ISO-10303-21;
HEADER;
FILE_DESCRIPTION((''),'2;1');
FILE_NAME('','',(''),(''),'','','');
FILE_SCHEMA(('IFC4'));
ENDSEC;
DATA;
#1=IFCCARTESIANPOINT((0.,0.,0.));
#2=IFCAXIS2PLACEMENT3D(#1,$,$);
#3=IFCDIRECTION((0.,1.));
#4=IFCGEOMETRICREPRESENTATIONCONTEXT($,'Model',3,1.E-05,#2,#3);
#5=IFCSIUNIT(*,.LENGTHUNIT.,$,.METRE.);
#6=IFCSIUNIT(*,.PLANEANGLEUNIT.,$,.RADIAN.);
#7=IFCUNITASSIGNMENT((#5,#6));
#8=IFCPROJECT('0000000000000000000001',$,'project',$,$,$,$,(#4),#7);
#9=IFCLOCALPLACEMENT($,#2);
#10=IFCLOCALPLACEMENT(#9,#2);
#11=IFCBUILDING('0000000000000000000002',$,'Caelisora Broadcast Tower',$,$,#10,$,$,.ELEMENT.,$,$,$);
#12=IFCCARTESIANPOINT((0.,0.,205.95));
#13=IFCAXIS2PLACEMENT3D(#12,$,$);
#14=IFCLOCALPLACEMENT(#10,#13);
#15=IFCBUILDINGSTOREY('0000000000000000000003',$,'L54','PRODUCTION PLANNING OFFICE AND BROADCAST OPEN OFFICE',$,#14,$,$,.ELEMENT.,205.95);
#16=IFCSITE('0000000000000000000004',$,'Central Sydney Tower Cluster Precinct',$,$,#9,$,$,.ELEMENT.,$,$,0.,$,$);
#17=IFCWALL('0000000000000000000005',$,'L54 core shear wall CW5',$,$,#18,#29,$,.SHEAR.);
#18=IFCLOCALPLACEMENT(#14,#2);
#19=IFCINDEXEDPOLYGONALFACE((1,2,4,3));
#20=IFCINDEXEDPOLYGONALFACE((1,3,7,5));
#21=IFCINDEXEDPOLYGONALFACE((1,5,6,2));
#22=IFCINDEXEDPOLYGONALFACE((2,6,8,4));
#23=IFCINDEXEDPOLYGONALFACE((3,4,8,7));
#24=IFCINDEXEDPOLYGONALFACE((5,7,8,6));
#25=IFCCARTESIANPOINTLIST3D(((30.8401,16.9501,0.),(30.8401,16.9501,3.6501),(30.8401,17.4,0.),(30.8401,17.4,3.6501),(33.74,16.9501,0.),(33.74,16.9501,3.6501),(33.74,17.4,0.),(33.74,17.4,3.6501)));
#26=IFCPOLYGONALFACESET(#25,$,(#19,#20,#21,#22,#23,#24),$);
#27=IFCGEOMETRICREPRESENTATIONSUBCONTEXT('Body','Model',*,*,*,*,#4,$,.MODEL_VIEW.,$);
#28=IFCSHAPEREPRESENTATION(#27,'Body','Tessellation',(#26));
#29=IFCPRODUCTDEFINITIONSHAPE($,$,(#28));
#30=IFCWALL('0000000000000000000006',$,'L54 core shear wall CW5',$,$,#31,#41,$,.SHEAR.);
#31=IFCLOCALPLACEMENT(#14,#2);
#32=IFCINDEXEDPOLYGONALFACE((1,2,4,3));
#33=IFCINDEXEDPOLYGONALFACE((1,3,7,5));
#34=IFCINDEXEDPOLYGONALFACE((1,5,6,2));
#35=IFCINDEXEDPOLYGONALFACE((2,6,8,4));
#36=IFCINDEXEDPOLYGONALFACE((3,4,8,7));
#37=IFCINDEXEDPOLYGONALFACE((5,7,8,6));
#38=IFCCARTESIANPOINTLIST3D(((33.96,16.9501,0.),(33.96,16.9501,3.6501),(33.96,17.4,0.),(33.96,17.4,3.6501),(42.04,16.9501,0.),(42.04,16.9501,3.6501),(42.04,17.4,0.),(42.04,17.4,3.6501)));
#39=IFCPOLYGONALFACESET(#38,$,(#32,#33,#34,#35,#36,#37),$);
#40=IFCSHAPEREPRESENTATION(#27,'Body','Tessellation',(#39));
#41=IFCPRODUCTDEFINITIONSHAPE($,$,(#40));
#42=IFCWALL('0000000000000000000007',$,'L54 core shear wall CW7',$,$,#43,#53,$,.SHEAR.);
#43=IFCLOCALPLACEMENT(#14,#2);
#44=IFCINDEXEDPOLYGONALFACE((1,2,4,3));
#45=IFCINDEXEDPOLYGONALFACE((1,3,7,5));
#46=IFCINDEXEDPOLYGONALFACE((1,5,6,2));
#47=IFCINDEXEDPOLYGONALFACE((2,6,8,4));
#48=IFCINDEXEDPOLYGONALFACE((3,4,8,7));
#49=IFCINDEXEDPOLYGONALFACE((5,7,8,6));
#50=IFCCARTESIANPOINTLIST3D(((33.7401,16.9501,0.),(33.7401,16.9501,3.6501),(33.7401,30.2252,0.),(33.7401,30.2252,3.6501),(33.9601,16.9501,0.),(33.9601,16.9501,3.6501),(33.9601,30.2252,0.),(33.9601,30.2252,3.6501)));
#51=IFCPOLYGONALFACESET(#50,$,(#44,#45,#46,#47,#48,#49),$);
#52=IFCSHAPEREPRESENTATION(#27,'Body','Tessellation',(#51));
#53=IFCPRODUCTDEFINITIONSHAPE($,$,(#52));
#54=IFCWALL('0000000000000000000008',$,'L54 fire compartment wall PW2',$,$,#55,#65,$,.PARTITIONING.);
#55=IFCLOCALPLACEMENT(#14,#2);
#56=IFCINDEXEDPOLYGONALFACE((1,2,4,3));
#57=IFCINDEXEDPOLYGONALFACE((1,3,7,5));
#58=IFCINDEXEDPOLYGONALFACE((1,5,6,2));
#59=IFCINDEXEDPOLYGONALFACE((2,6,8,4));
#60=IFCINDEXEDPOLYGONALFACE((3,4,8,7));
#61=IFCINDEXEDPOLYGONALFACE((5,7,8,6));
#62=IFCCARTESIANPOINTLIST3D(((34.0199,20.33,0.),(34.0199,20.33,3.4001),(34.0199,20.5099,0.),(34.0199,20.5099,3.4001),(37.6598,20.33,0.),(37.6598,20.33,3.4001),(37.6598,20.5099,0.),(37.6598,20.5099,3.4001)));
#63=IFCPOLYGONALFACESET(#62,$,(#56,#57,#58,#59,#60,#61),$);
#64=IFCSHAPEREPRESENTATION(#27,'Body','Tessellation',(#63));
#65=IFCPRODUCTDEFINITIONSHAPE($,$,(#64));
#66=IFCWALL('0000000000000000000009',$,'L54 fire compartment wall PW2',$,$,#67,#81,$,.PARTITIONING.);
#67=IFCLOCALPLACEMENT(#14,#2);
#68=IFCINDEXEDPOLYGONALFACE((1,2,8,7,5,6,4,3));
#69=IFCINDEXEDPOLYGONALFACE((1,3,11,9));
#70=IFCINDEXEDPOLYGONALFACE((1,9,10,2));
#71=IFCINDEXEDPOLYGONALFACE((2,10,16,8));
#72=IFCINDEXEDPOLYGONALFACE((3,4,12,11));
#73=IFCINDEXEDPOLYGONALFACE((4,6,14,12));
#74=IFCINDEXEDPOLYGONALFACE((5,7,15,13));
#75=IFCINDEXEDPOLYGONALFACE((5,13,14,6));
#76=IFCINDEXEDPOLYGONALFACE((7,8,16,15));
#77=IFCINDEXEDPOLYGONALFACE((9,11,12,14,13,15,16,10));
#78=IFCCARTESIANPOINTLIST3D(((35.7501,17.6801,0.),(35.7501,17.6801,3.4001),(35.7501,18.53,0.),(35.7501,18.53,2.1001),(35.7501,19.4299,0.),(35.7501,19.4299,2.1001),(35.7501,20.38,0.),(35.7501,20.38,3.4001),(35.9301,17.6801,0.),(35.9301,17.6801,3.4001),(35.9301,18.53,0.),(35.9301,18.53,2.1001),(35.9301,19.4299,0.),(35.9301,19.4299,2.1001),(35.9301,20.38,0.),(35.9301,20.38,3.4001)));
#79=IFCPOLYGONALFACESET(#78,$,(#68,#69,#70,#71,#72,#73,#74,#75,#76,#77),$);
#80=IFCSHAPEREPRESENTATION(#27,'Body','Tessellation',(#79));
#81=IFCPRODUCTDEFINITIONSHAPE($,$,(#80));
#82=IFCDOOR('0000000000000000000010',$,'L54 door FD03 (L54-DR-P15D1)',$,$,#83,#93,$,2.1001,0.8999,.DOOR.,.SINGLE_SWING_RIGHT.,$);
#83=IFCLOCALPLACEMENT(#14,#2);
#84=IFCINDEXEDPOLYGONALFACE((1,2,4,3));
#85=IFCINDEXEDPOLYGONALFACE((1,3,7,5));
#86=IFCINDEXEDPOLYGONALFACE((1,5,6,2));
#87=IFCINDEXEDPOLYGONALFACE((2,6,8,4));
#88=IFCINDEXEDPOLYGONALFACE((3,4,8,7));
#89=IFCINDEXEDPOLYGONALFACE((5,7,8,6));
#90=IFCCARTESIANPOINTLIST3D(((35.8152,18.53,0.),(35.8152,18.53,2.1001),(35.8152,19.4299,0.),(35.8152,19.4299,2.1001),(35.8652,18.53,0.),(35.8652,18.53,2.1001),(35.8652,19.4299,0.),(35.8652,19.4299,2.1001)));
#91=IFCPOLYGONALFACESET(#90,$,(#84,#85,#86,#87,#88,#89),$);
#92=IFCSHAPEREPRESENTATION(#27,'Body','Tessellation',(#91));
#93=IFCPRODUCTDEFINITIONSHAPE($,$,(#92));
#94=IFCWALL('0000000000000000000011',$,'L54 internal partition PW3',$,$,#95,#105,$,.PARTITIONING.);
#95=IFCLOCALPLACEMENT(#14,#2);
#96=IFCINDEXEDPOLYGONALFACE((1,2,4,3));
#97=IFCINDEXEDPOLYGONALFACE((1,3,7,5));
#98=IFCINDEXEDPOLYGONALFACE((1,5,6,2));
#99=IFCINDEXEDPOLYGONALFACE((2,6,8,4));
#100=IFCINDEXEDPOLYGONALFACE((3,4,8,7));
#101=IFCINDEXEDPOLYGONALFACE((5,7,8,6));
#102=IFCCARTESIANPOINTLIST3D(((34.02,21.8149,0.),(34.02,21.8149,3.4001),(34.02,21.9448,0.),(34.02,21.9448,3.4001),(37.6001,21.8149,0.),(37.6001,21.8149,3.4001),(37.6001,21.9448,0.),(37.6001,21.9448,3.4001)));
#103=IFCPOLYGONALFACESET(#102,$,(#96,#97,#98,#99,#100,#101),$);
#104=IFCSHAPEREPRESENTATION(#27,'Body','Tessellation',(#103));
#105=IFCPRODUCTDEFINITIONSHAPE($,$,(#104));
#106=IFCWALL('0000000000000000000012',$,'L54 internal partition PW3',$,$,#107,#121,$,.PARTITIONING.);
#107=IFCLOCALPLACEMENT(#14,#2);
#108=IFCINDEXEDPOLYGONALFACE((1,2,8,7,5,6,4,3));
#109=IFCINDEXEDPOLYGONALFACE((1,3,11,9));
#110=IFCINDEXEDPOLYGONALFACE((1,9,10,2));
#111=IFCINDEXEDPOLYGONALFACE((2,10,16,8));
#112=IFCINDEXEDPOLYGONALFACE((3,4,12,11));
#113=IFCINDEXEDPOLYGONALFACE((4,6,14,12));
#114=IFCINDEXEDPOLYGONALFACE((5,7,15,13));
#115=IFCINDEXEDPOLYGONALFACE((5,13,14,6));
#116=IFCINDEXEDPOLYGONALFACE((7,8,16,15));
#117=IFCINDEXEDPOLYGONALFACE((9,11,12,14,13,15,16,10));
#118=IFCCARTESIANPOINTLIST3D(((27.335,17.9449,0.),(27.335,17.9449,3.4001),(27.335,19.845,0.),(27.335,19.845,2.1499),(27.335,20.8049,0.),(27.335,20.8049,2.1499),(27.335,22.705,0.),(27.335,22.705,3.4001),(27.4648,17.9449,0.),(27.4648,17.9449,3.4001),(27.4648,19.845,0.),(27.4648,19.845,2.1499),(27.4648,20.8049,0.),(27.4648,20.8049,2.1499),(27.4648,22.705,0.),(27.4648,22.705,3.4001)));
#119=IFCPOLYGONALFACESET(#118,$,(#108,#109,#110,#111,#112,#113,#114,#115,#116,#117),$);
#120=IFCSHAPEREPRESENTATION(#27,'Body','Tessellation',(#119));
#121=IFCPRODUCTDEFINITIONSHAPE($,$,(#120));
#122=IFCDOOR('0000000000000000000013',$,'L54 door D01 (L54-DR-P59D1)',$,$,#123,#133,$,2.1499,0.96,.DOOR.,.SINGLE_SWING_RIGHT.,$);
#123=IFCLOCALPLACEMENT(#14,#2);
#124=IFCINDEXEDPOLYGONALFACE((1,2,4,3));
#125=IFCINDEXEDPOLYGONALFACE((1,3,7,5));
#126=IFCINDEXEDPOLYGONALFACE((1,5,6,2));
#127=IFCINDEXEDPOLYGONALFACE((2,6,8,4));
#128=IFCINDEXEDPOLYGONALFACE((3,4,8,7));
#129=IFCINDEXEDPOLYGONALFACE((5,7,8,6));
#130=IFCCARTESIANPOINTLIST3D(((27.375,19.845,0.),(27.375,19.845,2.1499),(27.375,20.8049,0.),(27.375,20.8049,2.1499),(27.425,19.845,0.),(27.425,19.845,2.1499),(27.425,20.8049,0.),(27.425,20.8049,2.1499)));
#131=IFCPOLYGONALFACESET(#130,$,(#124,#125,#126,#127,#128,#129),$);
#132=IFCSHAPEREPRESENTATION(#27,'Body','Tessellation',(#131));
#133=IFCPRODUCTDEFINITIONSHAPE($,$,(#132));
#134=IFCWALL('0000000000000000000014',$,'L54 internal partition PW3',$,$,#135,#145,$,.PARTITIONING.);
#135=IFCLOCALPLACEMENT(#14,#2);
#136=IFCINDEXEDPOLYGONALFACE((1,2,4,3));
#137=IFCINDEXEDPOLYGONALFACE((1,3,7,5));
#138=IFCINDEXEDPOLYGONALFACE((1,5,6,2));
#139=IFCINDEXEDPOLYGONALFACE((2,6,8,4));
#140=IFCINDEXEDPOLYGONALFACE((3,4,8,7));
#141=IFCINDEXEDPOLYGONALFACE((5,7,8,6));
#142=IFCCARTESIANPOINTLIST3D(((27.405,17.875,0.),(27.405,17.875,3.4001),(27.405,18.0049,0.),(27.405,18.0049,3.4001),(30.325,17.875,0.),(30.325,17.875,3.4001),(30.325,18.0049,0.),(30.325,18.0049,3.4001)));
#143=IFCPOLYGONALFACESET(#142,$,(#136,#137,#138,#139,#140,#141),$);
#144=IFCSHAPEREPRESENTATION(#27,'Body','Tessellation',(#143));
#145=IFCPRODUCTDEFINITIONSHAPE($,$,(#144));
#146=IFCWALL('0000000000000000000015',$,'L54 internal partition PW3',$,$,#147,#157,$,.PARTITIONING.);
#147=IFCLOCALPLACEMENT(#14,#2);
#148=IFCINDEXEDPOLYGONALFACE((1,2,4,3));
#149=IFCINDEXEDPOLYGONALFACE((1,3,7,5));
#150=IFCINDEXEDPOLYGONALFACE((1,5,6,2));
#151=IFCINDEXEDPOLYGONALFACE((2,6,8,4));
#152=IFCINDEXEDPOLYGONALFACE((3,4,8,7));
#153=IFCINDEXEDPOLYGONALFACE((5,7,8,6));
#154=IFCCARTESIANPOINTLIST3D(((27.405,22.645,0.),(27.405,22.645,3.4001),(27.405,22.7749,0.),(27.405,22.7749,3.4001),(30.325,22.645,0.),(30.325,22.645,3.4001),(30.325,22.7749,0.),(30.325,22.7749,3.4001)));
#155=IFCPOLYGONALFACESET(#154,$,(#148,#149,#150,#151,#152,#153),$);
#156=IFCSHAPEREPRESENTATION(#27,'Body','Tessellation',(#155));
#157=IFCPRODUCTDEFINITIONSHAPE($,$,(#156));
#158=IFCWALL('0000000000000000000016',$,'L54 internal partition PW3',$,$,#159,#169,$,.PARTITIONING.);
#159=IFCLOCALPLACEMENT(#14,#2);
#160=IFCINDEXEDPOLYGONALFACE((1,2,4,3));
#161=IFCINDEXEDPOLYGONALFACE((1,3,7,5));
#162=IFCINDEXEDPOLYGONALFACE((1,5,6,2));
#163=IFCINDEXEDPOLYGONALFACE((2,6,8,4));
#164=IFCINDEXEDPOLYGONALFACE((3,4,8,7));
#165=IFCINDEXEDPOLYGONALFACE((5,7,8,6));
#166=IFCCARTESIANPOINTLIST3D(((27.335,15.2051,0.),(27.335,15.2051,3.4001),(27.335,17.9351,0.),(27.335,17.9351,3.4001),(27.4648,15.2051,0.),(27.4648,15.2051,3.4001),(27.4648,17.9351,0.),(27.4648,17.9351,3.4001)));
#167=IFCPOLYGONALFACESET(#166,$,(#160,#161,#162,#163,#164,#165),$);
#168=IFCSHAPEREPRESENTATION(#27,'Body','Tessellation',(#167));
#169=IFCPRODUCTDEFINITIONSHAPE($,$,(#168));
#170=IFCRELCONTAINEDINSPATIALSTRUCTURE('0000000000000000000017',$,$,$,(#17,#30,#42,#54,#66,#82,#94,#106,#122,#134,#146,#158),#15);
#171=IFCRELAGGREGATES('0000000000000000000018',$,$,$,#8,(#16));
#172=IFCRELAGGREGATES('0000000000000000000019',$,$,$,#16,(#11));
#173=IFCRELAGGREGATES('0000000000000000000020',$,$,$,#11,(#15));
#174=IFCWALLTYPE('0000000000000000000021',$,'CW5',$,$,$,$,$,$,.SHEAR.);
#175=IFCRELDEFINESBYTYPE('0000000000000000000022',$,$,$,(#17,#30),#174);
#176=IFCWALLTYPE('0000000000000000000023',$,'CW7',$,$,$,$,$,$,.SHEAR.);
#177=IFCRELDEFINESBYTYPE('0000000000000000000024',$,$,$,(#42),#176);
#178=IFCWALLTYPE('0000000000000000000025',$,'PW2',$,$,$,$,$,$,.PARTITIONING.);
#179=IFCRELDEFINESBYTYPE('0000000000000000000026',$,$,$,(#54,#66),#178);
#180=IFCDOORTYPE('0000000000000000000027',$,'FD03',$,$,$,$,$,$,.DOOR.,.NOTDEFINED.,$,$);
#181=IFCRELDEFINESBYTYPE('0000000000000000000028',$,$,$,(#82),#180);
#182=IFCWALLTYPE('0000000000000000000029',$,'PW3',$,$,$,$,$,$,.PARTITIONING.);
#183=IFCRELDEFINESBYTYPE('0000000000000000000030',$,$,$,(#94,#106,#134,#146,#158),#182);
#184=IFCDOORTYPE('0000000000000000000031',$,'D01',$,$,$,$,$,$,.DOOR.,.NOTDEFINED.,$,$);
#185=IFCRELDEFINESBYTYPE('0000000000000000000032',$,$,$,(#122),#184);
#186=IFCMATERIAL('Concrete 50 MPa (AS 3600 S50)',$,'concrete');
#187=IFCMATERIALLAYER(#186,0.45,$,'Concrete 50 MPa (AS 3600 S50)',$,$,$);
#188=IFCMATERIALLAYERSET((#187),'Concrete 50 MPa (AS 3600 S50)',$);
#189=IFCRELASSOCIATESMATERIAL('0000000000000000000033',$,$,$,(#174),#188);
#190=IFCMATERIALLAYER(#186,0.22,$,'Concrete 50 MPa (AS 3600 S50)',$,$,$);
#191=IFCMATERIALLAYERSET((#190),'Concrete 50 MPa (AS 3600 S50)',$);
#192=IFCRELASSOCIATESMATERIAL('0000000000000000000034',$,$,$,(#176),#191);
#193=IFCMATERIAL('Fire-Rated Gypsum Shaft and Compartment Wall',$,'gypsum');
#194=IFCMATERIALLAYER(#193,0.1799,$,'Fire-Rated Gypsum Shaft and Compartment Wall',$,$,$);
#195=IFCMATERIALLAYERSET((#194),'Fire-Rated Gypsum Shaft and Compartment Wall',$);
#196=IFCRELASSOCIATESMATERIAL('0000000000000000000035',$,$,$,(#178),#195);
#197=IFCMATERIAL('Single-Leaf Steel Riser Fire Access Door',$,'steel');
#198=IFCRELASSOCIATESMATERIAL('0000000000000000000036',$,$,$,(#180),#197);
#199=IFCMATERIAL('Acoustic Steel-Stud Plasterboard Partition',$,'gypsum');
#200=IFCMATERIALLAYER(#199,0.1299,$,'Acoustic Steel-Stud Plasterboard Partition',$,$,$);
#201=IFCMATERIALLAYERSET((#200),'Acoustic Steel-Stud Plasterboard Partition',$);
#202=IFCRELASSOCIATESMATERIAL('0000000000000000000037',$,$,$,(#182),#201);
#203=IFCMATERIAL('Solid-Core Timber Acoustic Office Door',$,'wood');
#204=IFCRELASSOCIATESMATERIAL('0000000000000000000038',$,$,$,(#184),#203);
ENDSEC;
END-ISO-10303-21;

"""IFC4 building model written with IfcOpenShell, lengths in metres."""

from ifc_helpers import new_model, si_unit, direction, frame, frame_2d, origin, place, context, subcontext, project, spatial, rectangle, extrude, material, layer, layer_set, type_object, element, fill, save


model = new_model("IFC4")

# Units and contexts
model_context = context("Model", 3, precision=1e-05, world=origin(), true_north=direction((0.0, 1.0)))
body_context = subcontext(model_context, "Body", "Model", "MODEL_VIEW")
ifc_project = project(units=[si_unit("LENGTHUNIT", "METRE"), si_unit("PLANEANGLEUNIT", "RADIAN")], contexts=[model_context])

# Site, building, storey
site_placement = place(None, origin())
site = spatial("IfcSite", under=ifc_project, at=site_placement, Name="Central Sydney Tower Cluster Precinct", CompositionType="ELEMENT", RefElevation=0.0)
building_placement = place(site_placement, origin())
building = spatial("IfcBuilding", under=site, at=building_placement, Name="Caelisora Broadcast Tower", CompositionType="ELEMENT")
storey_placement = place(building_placement, frame((0.0, 0.0, 205.95)))
storey = spatial("IfcBuildingStorey", under=building, at=storey_placement, Name="L54", Description="PRODUCTION PLANNING OFFICE AND BROADCAST OPEN OFFICE", CompositionType="ELEMENT", Elevation=205.95)

# Shared definitions
ifc_material_1 = material(Name="Concrete 50 MPa (AS 3600 S50)", Category="concrete")

# Walls
ifc_layer_1 = layer(ifc_material_1, 0.45, Name="Concrete 50 MPa (AS 3600 S50)")
ifc_layer_set_1 = layer_set([ifc_layer_1], Name="Concrete 50 MPa (AS 3600 S50)")
wall_type_1 = type_object("IfcWallType", Name="CW5", PredefinedType="SHEAR", material=ifc_layer_set_1)
wall_1_placement = place(storey_placement, frame((30.8401, 17.175, 0.0), z_axis=(0.0, 0.0, 1.0), x_axis=(1.0, 0.0, 0.0)))
element("IfcWall", 1, at=wall_1_placement, inside=storey, type_object=wall_type_1, Name="L54 core shear wall CW5", PredefinedType="SHEAR", context=body_context, shape_type="SweptSolid", body=[
    extrude(rectangle(XDim=2.8999, YDim=0.45, at=frame_2d((1.45, 0.0))), origin(), (0.0, 0.0, 1.0), 3.6501),
])
wall_2_placement = place(storey_placement, frame((33.96, 17.175, 0.0), z_axis=(0.0, 0.0, 1.0), x_axis=(1.0, 0.0, 0.0)))
element("IfcWall", 2, at=wall_2_placement, inside=storey, type_object=wall_type_1, Name="L54 core shear wall CW5", PredefinedType="SHEAR", context=body_context, shape_type="SweptSolid", body=[
    extrude(rectangle(XDim=8.0801, YDim=0.45, at=frame_2d((4.04, 0.0))), origin(), (0.0, 0.0, 1.0), 3.6501),
])
ifc_layer_2 = layer(ifc_material_1, 0.22, Name="Concrete 50 MPa (AS 3600 S50)")
ifc_layer_set_2 = layer_set([ifc_layer_2], Name="Concrete 50 MPa (AS 3600 S50)")
wall_type_2 = type_object("IfcWallType", Name="CW7", PredefinedType="SHEAR", material=ifc_layer_set_2)
wall_3_placement = place(storey_placement, frame((33.8501, 16.95, 0.0), z_axis=(0.0, 0.0, 1.0), x_axis=(0.0, 1.0, 0.0)))
element("IfcWall", 3, at=wall_3_placement, inside=storey, type_object=wall_type_2, Name="L54 core shear wall CW7", PredefinedType="SHEAR", context=body_context, shape_type="SweptSolid", body=[
    extrude(rectangle(XDim=13.2751, YDim=0.22, at=frame_2d((6.6377, 0.0))), origin(), (0.0, 0.0, 1.0), 3.6501),
])
ifc_material_2 = material(Name="Fire-Rated Gypsum Shaft and Compartment Wall", Category="gypsum")
ifc_layer_3 = layer(ifc_material_2, 0.1799, Name="Fire-Rated Gypsum Shaft and Compartment Wall")
ifc_layer_set_3 = layer_set([ifc_layer_3], Name="Fire-Rated Gypsum Shaft and Compartment Wall")
wall_type_3 = type_object("IfcWallType", Name="PW2", PredefinedType="PARTITIONING", material=ifc_layer_set_3)
wall_4_placement = place(storey_placement, frame((34.02, 20.4199, 0.0), z_axis=(0.0, 0.0, 1.0), x_axis=(1.0, 0.0, 0.0)))
element("IfcWall", 4, at=wall_4_placement, inside=storey, type_object=wall_type_3, Name="L54 fire compartment wall PW2", PredefinedType="PARTITIONING", context=body_context, shape_type="SweptSolid", body=[
    extrude(rectangle(XDim=3.6399, YDim=0.1799, at=frame_2d((1.8198, 0.0))), origin(), (0.0, 0.0, 1.0), 3.4001),
])

# Wall, opening, door
wall_5_placement = place(storey_placement, frame((35.8401, 17.6799, 0.0), z_axis=(0.0, 0.0, 1.0), x_axis=(0.0, 1.0, 0.0)))
wall_5 = element("IfcWall", 5, at=wall_5_placement, inside=storey, type_object=wall_type_3, Name="L54 fire compartment wall PW2", PredefinedType="PARTITIONING", context=body_context, shape_type="SweptSolid", body=[
    extrude(rectangle(XDim=2.7, YDim=0.1799, at=frame_2d((1.3501, 0.0))), origin(), (0.0, 0.0, 1.0), 3.4001),
])
opening_1_placement = place(wall_5_placement, frame((0.8501, 0.0, 0.0)))
opening_1 = element("IfcOpeningElement", 6, at=opening_1_placement, cuts=wall_5, PredefinedType="OPENING", context=body_context, shape_type="SweptSolid", body=[
    extrude(rectangle(XDim=0.8999, YDim=2.1001, at=frame_2d((0.45, 1.05))), frame((0.0, 0.1021, 0.0), z_axis=(0.0, -1.0, 0.0), x_axis=(1.0, 0.0, 0.0)), (0.0, 0.0, 1.0), 0.2039),
])
ifc_material_3 = material(Name="Single-Leaf Steel Riser Fire Access Door", Category="steel")
door_type_1 = type_object("IfcDoorType", Name="FD03", OperationType="NOTDEFINED", PredefinedType="DOOR", material=ifc_material_3)
door_1_placement = place(opening_1_placement, origin())
door_1 = element("IfcDoor", 7, at=door_1_placement, inside=storey, type_object=door_type_1, Name="L54 door FD03 (L54-DR-P15D1)", OperationType="SINGLE_SWING_RIGHT", OverallHeight=2.1001, OverallWidth=0.8999, PredefinedType="DOOR", context=body_context, shape_type="SweptSolid", body=[
    extrude(rectangle(XDim=0.8999, YDim=2.1001, at=frame_2d((0.45, 1.05))), frame((0.0, 0.0249, 0.0), z_axis=(0.0, -1.0, 0.0), x_axis=(1.0, 0.0, 0.0)), (0.0, 0.0, 1.0), 0.05),
])
fill(opening_1, door_1)

# Wall
ifc_material_4 = material(Name="Acoustic Steel-Stud Plasterboard Partition", Category="gypsum")
ifc_layer_4 = layer(ifc_material_4, 0.1299, Name="Acoustic Steel-Stud Plasterboard Partition")
ifc_layer_set_4 = layer_set([ifc_layer_4], Name="Acoustic Steel-Stud Plasterboard Partition")
wall_type_4 = type_object("IfcWallType", Name="PW3", PredefinedType="PARTITIONING", material=ifc_layer_set_4)
wall_6_placement = place(storey_placement, frame((34.02, 21.8799, 0.0), z_axis=(0.0, 0.0, 1.0), x_axis=(1.0, 0.0, 0.0)))
element("IfcWall", 8, at=wall_6_placement, inside=storey, type_object=wall_type_4, Name="L54 internal partition PW3", PredefinedType="PARTITIONING", context=body_context, shape_type="SweptSolid", body=[
    extrude(rectangle(XDim=3.5801, YDim=0.1299, at=frame_2d((1.79, 0.0))), origin(), (0.0, 0.0, 1.0), 3.4001),
])

# Wall, opening, door
wall_7_placement = place(storey_placement, frame((27.3999, 17.9451, 0.0), z_axis=(0.0, 0.0, 1.0), x_axis=(0.0, 1.0, 0.0)))
wall_7 = element("IfcWall", 9, at=wall_7_placement, inside=storey, type_object=wall_type_4, Name="L54 internal partition PW3", PredefinedType="PARTITIONING", context=body_context, shape_type="SweptSolid", body=[
    extrude(rectangle(XDim=4.76, YDim=0.1299, at=frame_2d((2.3799, 0.0))), origin(), (0.0, 0.0, 1.0), 3.4001),
])
opening_2_placement = place(wall_7_placement, frame((1.8999, 0.0, 0.0)))
opening_2 = element("IfcOpeningElement", 10, at=opening_2_placement, cuts=wall_7, PredefinedType="OPENING", context=body_context, shape_type="SweptSolid", body=[
    extrude(rectangle(XDim=0.96, YDim=2.1499, at=frame_2d((0.48, 1.075))), frame((0.0, 0.0769, 0.0), z_axis=(0.0, -1.0, 0.0), x_axis=(1.0, 0.0, 0.0)), (0.0, 0.0, 1.0), 0.1538),
])
ifc_material_5 = material(Name="Solid-Core Timber Acoustic Office Door", Category="wood")
door_type_2 = type_object("IfcDoorType", Name="D01", OperationType="NOTDEFINED", PredefinedType="DOOR", material=ifc_material_5)
door_2_placement = place(opening_2_placement, origin())
door_2 = element("IfcDoor", 11, at=door_2_placement, inside=storey, type_object=door_type_2, Name="L54 door D01 (L54-DR-P59D1)", OperationType="SINGLE_SWING_RIGHT", OverallHeight=2.1499, OverallWidth=0.96, PredefinedType="DOOR", context=body_context, shape_type="SweptSolid", body=[
    extrude(rectangle(XDim=0.96, YDim=2.1499, at=frame_2d((0.48, 1.075))), frame((0.0, 0.0249, 0.0), z_axis=(0.0, -1.0, 0.0), x_axis=(1.0, 0.0, 0.0)), (0.0, 0.0, 1.0), 0.05),
])
fill(opening_2, door_2)

# Walls
for number, where, z_axis, x_axis, name in (
    (12, (27.405, 17.9399, 0.0), (0.0, 0.0, 1.0), (1.0, 0.0, 0.0), "L54 internal partition PW3"),
    (13, (27.405, 22.71, 0.0), (0.0, 0.0, 1.0), (1.0, 0.0, 0.0), "L54 internal partition PW3"),
):
    element("IfcWall", number, at=place(storey_placement, frame(where, z_axis=z_axis, x_axis=x_axis)), inside=storey, type_object=wall_type_4, Name=name, PredefinedType="PARTITIONING", context=body_context, shape_type="SweptSolid", body=[
        extrude(rectangle(XDim=2.9199, YDim=0.1299, at=frame_2d((1.46, 0.0))), origin(), (0.0, 0.0, 1.0), 3.4001),
    ])
wall_8_placement = place(storey_placement, frame((27.3999, 15.2051, 0.0), z_axis=(0.0, 0.0, 1.0), x_axis=(0.0, 1.0, 0.0)))
element("IfcWall", 14, at=wall_8_placement, inside=storey, type_object=wall_type_4, Name="L54 internal partition PW3", PredefinedType="PARTITIONING", context=body_context, shape_type="SweptSolid", body=[
    extrude(rectangle(XDim=2.73, YDim=0.1299, at=frame_2d((1.365, 0.0))), origin(), (0.0, 0.0, 1.0), 3.4001),
])

save(model, "model.ifc")
